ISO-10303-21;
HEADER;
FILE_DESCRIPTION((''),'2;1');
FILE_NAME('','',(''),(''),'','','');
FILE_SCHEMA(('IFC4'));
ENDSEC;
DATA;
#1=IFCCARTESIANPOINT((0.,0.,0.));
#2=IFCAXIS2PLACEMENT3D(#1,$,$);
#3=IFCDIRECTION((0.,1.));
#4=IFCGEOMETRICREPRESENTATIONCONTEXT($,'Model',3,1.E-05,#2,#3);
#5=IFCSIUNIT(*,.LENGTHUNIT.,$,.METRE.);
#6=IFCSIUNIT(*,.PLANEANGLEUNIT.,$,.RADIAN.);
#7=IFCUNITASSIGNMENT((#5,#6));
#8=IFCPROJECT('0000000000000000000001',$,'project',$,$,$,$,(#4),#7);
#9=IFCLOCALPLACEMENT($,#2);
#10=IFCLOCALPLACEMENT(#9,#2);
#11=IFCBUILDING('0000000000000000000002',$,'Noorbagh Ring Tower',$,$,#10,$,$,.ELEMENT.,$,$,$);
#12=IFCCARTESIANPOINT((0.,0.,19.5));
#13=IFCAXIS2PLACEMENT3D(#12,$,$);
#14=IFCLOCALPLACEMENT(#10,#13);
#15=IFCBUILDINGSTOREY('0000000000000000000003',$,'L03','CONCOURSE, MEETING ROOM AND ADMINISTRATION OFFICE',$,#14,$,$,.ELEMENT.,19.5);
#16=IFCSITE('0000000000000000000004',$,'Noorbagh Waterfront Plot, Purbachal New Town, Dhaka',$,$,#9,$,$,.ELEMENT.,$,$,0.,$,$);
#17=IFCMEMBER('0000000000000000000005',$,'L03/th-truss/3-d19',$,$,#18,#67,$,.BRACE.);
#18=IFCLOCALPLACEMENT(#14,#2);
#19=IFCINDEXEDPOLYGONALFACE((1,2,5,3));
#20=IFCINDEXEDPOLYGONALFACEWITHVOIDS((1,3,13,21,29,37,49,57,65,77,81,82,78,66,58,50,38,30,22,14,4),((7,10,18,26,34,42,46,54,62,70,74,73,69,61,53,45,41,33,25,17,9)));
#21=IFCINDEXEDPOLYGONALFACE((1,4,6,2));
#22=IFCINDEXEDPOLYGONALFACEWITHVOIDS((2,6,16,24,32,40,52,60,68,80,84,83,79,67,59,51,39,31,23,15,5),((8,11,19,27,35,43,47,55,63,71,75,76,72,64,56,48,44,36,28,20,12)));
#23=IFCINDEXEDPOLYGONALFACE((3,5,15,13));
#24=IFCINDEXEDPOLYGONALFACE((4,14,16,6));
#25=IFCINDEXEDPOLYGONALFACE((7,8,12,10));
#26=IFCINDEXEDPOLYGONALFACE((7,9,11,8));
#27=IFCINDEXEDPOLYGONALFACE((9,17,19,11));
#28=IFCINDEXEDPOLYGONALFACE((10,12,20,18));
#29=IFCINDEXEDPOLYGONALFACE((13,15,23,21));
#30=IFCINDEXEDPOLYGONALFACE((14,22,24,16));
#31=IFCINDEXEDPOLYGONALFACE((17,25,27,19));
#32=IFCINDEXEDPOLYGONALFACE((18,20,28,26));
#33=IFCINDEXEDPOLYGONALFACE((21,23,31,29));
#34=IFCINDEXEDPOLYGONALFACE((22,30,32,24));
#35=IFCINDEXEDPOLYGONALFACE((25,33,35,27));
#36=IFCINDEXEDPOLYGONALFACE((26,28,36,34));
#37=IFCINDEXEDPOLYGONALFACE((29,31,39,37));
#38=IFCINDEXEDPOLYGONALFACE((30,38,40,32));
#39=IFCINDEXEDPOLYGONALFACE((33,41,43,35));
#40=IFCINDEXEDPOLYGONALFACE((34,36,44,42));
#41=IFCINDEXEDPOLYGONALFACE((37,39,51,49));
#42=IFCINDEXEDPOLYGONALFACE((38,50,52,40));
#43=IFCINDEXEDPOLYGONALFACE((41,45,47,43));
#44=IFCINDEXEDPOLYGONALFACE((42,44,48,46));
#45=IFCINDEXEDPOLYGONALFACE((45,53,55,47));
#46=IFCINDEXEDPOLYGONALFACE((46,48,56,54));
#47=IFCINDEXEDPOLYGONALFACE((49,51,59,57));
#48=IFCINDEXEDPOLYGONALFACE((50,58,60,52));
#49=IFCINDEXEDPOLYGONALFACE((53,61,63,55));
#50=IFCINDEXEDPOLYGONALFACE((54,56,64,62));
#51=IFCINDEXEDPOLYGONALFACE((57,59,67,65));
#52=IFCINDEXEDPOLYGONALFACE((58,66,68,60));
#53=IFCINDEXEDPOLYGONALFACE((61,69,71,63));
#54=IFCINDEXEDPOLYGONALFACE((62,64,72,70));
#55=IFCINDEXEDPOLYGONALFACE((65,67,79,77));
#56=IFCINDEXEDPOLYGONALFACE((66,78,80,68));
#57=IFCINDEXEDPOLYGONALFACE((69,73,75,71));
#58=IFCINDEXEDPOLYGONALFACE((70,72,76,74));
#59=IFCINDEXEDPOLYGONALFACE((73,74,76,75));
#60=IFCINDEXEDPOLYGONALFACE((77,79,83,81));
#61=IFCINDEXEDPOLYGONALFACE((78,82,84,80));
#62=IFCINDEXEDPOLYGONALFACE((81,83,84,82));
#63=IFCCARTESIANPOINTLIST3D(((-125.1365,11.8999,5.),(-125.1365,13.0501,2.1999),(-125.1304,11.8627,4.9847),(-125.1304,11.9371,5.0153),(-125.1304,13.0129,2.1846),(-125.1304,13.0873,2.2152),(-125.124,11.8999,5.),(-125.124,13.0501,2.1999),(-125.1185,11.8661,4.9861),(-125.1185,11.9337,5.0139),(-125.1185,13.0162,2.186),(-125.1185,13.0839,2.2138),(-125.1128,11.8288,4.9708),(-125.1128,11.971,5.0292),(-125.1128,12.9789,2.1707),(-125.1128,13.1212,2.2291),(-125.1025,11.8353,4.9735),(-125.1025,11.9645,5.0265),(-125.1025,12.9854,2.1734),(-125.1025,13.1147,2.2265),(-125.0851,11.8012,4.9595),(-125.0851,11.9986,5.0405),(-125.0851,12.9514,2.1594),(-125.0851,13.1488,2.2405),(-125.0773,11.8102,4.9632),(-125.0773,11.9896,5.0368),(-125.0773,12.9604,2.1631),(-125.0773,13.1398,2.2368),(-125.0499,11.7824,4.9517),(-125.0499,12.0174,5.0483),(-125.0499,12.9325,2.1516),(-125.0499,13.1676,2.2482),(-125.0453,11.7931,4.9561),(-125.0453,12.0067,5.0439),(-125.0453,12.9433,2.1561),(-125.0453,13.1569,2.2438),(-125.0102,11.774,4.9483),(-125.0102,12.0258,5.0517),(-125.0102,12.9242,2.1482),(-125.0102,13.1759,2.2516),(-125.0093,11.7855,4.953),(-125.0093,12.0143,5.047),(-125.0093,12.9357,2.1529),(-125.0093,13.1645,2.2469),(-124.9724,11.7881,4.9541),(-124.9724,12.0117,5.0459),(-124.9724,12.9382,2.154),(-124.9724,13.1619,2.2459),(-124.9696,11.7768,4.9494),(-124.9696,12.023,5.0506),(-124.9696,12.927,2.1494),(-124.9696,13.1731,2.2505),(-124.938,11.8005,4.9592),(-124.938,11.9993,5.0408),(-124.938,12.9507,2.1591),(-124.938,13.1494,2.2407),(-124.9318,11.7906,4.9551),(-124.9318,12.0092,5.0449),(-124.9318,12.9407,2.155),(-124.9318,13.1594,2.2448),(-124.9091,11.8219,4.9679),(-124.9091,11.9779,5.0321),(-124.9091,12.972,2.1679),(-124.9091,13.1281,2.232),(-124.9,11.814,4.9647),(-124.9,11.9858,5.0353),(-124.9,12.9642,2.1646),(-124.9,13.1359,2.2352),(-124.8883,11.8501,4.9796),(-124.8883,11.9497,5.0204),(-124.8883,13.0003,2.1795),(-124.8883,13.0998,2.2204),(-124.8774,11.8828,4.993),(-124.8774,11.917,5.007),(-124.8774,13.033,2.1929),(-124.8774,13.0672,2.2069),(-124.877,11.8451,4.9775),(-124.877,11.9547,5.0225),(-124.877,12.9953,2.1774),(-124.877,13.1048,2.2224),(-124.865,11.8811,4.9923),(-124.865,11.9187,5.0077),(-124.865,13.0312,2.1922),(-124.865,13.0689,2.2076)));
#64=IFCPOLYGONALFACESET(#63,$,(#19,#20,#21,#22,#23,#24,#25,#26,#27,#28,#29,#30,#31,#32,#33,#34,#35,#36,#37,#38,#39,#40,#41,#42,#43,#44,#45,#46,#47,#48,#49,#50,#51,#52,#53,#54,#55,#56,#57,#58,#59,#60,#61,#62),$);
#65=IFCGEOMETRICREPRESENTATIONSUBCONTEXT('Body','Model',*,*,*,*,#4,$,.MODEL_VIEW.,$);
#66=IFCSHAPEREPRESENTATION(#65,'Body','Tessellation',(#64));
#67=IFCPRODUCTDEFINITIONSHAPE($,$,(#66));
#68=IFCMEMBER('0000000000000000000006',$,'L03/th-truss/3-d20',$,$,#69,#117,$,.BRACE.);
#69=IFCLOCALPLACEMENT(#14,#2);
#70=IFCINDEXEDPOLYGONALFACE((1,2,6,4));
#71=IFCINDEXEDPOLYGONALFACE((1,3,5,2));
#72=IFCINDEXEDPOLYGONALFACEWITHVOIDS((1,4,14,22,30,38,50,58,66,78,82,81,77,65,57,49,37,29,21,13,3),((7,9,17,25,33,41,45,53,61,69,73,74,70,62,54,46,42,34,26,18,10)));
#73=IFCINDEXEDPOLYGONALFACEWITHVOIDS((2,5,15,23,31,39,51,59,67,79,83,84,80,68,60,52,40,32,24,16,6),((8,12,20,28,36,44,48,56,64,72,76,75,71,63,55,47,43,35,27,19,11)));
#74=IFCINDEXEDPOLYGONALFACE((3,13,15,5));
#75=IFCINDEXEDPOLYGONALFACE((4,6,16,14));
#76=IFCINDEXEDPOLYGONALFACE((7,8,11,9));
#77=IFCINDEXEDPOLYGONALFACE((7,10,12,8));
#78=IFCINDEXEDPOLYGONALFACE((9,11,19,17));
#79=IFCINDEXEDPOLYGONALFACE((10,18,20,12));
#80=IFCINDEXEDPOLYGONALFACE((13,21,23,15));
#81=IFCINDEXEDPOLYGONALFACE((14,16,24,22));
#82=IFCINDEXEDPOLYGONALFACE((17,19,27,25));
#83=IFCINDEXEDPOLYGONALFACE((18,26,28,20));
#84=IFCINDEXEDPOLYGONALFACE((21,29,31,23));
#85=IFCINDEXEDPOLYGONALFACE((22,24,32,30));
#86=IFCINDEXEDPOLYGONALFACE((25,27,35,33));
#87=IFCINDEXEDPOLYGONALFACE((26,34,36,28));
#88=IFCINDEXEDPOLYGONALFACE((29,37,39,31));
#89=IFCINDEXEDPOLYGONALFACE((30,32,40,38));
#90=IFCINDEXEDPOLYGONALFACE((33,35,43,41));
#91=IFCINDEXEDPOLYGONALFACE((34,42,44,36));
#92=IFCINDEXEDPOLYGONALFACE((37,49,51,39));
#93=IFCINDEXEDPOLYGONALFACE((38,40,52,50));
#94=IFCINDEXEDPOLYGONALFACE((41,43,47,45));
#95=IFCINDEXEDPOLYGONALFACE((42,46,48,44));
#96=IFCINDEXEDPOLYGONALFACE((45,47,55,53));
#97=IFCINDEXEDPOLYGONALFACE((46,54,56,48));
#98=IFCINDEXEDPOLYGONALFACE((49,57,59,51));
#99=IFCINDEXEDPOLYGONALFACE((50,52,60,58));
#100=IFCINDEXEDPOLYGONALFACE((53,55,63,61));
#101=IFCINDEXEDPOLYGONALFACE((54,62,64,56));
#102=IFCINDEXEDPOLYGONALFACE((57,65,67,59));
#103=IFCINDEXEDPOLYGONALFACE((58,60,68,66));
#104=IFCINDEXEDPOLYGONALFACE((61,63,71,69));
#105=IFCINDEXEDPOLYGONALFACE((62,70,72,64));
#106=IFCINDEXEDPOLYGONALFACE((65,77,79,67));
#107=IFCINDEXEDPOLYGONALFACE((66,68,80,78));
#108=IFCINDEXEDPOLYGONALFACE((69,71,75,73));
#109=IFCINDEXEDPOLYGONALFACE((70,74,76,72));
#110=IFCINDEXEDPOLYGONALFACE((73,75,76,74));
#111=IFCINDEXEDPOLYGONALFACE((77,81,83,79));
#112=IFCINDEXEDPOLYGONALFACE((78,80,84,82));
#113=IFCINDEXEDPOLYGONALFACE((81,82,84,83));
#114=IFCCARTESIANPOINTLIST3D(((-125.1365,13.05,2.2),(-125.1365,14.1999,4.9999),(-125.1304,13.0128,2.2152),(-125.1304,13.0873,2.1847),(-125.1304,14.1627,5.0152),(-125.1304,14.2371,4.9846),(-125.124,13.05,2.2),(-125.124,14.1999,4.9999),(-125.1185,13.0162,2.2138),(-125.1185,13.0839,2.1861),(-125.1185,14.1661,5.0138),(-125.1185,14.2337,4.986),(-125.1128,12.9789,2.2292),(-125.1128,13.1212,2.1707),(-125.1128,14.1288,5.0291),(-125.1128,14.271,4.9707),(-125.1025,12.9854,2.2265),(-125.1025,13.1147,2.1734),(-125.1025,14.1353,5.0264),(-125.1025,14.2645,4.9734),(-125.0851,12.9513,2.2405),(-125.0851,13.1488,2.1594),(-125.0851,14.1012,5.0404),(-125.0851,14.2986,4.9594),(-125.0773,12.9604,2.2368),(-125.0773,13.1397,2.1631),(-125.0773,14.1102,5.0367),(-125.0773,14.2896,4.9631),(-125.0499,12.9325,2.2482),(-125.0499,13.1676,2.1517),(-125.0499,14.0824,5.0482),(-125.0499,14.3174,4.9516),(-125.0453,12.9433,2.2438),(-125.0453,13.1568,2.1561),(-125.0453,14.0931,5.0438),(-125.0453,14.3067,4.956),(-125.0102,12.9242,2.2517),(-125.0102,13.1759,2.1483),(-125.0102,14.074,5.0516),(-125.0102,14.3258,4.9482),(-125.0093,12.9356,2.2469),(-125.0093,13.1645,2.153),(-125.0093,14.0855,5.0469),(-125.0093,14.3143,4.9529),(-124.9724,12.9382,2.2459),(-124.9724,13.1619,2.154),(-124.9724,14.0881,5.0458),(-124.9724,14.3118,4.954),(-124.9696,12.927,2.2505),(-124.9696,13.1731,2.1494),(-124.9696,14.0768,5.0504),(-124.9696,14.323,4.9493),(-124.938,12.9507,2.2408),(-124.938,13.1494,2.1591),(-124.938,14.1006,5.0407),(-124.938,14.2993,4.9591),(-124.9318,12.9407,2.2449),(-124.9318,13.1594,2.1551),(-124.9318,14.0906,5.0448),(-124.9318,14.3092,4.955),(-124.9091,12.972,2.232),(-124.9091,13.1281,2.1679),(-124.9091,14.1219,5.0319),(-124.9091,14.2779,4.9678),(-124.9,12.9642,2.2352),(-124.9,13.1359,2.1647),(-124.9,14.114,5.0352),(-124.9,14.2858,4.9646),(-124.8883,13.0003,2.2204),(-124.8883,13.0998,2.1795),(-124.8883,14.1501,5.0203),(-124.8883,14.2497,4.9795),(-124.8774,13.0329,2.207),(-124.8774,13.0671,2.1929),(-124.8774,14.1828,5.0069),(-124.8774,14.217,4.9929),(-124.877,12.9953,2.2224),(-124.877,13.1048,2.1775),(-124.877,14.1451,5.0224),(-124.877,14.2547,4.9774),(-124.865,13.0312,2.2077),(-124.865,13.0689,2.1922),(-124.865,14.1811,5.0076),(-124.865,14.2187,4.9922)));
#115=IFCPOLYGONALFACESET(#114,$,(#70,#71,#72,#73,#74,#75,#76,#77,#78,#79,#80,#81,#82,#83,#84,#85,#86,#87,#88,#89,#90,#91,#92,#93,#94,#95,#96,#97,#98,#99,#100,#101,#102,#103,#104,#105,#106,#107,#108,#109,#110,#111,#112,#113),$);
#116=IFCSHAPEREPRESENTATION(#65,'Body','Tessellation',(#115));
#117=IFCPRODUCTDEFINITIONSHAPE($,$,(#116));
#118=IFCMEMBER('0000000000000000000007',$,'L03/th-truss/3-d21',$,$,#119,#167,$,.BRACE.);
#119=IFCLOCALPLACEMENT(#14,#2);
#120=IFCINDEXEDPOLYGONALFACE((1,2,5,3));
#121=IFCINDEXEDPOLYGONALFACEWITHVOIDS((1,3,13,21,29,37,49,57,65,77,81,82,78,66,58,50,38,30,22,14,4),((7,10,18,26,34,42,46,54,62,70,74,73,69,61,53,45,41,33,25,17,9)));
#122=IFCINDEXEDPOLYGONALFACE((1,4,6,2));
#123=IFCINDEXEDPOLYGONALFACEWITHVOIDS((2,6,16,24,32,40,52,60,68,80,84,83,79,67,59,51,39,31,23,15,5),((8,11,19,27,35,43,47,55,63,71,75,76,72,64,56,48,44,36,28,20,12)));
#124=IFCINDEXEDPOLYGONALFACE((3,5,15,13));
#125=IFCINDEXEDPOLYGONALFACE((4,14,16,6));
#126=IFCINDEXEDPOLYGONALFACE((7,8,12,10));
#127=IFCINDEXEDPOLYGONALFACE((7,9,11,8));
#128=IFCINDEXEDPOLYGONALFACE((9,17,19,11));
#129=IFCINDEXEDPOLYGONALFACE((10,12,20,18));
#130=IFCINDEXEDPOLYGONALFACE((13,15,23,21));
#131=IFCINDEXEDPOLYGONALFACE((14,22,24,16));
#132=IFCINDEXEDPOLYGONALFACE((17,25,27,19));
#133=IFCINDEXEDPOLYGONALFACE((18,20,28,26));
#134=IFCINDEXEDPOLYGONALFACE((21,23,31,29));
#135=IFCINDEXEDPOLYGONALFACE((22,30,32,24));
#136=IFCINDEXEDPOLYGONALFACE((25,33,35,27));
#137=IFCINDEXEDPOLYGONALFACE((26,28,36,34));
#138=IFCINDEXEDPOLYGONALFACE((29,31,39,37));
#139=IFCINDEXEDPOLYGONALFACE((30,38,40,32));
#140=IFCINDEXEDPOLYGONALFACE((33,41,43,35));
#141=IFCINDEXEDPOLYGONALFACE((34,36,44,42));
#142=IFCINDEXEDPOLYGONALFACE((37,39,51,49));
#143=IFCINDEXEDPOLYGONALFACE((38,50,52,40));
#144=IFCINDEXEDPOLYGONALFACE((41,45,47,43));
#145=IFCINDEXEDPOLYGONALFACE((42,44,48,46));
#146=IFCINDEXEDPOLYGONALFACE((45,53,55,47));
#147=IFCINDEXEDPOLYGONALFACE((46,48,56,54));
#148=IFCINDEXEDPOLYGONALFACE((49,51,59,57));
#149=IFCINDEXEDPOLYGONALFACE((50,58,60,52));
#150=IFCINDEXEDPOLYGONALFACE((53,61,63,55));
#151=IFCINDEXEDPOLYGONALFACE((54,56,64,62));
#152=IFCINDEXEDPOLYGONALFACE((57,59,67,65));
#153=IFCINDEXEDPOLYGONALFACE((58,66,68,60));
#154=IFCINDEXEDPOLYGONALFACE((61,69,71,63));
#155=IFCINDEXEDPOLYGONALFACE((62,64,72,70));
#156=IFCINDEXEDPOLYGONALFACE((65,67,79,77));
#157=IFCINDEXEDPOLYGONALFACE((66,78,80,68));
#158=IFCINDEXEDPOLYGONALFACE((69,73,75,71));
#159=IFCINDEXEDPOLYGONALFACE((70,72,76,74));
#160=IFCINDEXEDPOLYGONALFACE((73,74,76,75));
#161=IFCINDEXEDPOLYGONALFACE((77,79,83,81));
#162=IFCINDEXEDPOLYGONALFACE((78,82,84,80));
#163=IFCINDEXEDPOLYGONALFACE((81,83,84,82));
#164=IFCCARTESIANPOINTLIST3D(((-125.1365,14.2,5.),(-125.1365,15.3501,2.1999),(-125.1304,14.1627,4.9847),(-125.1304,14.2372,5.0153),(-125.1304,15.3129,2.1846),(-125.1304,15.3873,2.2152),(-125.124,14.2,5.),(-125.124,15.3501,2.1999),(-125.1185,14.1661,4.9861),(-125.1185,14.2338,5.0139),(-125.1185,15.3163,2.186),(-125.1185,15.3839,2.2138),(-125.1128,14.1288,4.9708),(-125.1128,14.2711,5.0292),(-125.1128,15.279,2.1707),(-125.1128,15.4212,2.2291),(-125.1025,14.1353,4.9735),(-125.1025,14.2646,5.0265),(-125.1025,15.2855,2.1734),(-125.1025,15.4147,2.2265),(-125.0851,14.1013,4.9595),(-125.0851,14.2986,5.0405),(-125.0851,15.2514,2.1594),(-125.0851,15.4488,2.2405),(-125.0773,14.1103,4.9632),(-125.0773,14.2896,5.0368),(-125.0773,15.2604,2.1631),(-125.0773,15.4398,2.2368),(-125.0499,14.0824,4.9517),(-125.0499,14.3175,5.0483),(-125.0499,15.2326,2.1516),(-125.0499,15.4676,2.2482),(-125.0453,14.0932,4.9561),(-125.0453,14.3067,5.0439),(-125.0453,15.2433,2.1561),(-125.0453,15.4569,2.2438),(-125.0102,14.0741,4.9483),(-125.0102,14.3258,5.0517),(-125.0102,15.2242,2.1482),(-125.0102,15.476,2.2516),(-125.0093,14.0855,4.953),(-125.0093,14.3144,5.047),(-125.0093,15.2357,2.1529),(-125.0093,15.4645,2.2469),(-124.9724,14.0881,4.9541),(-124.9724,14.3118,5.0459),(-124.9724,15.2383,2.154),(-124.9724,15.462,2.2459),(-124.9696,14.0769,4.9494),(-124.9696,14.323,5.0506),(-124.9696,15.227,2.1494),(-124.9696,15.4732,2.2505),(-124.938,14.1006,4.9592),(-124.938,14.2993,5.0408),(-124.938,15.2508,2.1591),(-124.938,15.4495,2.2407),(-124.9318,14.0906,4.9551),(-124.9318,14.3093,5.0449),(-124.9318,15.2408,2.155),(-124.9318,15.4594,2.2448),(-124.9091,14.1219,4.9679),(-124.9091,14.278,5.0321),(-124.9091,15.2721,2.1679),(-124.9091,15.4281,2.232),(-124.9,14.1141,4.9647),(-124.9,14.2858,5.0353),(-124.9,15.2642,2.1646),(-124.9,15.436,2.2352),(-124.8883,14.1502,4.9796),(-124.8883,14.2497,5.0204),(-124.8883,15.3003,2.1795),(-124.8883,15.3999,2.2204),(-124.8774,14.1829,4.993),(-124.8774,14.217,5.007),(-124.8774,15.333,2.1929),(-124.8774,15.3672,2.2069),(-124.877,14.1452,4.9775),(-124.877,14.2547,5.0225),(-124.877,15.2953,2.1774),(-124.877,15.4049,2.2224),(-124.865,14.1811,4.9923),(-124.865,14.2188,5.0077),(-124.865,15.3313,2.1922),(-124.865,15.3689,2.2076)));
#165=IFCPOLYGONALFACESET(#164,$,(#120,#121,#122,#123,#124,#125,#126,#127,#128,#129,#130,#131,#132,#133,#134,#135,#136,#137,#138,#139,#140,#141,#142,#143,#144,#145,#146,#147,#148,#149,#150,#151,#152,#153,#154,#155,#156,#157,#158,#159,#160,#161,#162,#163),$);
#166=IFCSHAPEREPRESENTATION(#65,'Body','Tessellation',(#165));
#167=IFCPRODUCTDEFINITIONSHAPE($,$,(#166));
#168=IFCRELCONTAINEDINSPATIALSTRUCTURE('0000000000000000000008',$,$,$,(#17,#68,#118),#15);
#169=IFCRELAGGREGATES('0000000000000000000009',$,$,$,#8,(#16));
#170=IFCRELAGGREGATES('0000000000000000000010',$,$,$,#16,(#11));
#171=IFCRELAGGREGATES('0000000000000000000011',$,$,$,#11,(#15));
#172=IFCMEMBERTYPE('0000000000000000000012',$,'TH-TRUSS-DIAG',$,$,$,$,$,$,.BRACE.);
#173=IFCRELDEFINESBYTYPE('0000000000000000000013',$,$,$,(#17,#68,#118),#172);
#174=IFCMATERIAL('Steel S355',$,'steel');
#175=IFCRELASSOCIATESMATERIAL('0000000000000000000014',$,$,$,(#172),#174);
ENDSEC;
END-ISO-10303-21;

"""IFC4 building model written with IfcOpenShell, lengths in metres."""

from ifc_helpers import new_model, si_unit, direction, frame, origin, origin_2d, place, context, subcontext, project, spatial, hollow_circle, extrude, material, material_profile, profile_set, type_object, element, save


model = new_model("IFC4")

# Units and contexts
model_context = context("Model", 3, precision=1e-05, world=origin(), true_north=direction((0.0, 1.0)))
body_context = subcontext(model_context, "Body", "Model", "MODEL_VIEW")
ifc_project = project(units=[si_unit("LENGTHUNIT", "METRE"), si_unit("PLANEANGLEUNIT", "RADIAN")], contexts=[model_context])

# Site, building, storey
site_placement = place(None, origin())
site = spatial("IfcSite", under=ifc_project, at=site_placement, Name="Noorbagh Waterfront Plot, Purbachal New Town, Dhaka", CompositionType="ELEMENT", RefElevation=0.0)
building_placement = place(site_placement, origin())
building = spatial("IfcBuilding", under=site, at=building_placement, Name="Noorbagh Ring Tower", CompositionType="ELEMENT")
storey_placement = place(building_placement, frame((0.0, 0.0, 19.5)))
storey = spatial("IfcBuildingStorey", under=building, at=storey_placement, Name="L03", Description="CONCOURSE, MEETING ROOM AND ADMINISTRATION OFFICE", CompositionType="ELEMENT", Elevation=19.5)

# Members
ifc_material_1 = material(Name="Steel S355", Category="steel")
ifc_material_profile = material_profile(ifc_material_1, hollow_circle(Radius=0.1365, WallThickness=0.0125, at=origin_2d()), Name="CHS273x12.5")
ifc_profile_set = profile_set([ifc_material_profile], Name="Steel S355")
member_type = type_object("IfcMemberType", Name="TH-TRUSS-DIAG", PredefinedType="BRACE", material=ifc_profile_set)
member_1_placement = place(storey_placement, frame((-125.0, 11.8999, 5.0), z_axis=(0.0, 0.379955, -0.925005), x_axis=(-1.0, 0.0, 0.0)))
element("IfcMember", 1, at=member_1_placement, inside=storey, type_object=member_type, Name="L03/th-truss/3-d19", PredefinedType="BRACE", context=body_context, shape_type="SweptSolid", body=[
    extrude(hollow_circle(Radius=0.1365, WallThickness=0.0125, at=origin_2d()), origin(), (0.0, 0.0, 1.0), 3.0271),
])
member_2_placement = place(storey_placement, frame((-125.0, 13.05, 2.2), z_axis=(0.0, 0.379886, 0.925033), x_axis=(-1.0, 0.0, 0.0)))
element("IfcMember", 2, at=member_2_placement, inside=storey, type_object=member_type, Name="L03/th-truss/3-d20", PredefinedType="BRACE", context=body_context, shape_type="SweptSolid", body=[
    extrude(hollow_circle(Radius=0.1365, WallThickness=0.0125, at=origin_2d()), origin(), (0.0, 0.0, 1.0), 3.0269),
])
member_3_placement = place(storey_placement, frame((-125.0, 14.2, 5.0), z_axis=(0.0, 0.379955, -0.925005), x_axis=(-1.0, 0.0, 0.0)))
element("IfcMember", 3, at=member_3_placement, inside=storey, type_object=member_type, Name="L03/th-truss/3-d21", PredefinedType="BRACE", context=body_context, shape_type="SweptSolid", body=[
    extrude(hollow_circle(Radius=0.1365, WallThickness=0.0125, at=origin_2d()), origin(), (0.0, 0.0, 1.0), 3.0271),
])

save(model, "model.ifc")
